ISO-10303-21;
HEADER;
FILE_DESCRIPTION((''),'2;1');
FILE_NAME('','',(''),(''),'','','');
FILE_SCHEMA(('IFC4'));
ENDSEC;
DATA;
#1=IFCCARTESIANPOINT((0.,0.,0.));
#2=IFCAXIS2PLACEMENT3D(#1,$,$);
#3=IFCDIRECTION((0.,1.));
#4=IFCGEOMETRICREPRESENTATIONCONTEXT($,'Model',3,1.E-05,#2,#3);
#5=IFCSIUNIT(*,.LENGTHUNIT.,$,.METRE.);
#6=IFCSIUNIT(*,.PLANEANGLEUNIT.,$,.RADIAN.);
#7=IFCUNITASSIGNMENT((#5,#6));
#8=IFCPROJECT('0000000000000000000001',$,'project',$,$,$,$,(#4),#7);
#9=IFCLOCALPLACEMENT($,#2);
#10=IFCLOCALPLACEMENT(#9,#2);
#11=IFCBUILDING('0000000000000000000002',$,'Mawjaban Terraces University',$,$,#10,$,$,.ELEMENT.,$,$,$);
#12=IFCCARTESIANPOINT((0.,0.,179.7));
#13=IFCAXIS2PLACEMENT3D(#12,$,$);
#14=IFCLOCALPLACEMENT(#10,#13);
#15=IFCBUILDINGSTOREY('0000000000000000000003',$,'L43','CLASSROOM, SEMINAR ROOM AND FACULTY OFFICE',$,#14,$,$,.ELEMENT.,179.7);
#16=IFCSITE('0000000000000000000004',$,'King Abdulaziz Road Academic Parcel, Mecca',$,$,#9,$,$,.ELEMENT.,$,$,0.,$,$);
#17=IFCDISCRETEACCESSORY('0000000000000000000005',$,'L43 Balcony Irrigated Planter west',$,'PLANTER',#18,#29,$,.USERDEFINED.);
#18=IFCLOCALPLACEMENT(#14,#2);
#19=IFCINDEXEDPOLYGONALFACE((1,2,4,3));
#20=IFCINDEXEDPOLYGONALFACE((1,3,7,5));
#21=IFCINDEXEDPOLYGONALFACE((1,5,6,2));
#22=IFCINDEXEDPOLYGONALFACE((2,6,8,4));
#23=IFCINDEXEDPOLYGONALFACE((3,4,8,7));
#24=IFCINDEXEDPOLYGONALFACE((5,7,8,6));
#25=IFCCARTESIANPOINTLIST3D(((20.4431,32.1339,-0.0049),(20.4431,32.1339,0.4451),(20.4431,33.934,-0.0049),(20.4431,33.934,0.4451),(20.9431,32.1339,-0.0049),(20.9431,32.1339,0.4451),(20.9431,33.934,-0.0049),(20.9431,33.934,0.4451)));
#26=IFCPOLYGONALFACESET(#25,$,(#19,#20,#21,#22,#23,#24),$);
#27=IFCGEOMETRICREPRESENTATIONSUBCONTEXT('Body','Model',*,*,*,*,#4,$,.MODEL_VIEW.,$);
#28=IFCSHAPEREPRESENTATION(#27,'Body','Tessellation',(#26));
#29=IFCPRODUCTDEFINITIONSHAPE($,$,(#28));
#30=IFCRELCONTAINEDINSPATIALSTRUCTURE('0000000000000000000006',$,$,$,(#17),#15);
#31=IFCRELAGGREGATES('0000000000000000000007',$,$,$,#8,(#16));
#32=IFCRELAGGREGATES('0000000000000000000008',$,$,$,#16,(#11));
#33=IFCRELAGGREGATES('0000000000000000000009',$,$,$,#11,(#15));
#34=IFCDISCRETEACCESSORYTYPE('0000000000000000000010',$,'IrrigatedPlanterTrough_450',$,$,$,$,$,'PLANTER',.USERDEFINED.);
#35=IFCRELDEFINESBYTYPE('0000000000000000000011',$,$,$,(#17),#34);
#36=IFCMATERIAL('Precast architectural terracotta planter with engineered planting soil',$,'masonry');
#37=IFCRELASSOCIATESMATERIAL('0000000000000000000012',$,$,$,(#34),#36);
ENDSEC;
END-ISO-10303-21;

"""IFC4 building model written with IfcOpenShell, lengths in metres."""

from ifc_helpers import new_model, si_unit, direction, frame, origin, origin_2d, place, context, subcontext, project, spatial, rectangle, extrude, material, type_object, element, save


model = new_model("IFC4")

# Units and contexts
model_context = context("Model", 3, precision=1e-05, world=origin(), true_north=direction((0.0, 1.0)))
body_context = subcontext(model_context, "Body", "Model", "MODEL_VIEW")
ifc_project = project(units=[si_unit("LENGTHUNIT", "METRE"), si_unit("PLANEANGLEUNIT", "RADIAN")], contexts=[model_context])

# Site, building, storey
site_placement = place(None, origin())
site = spatial("IfcSite", under=ifc_project, at=site_placement, Name="King Abdulaziz Road Academic Parcel, Mecca", CompositionType="ELEMENT", RefElevation=0.0)
building_placement = place(site_placement, origin())
building = spatial("IfcBuilding", under=site, at=building_placement, Name="Mawjaban Terraces University", CompositionType="ELEMENT")
storey_placement = place(building_placement, frame((0.0, 0.0, 179.7)))
storey = spatial("IfcBuildingStorey", under=building, at=storey_placement, Name="L43", Description="CLASSROOM, SEMINAR ROOM AND FACULTY OFFICE", CompositionType="ELEMENT", Elevation=179.7)

# Discrete accessory
ifc_material_1 = material(Name="Precast architectural terracotta planter with engineered planting soil", Category="masonry")
discrete_accessory_type_1 = type_object("IfcDiscreteAccessoryType", Name="IrrigatedPlanterTrough_450", ElementType="PLANTER", PredefinedType="USERDEFINED", material=ifc_material_1)
discrete_accessory_1_placement = place(storey_placement, frame((20.6931, 33.0339, -0.0049), z_axis=(0.0, 0.0, 1.0), x_axis=(0.0, 1.0, 0.0)))
element("IfcDiscreteAccessory", 1, at=discrete_accessory_1_placement, inside=storey, type_object=discrete_accessory_type_1, Name="L43 Balcony Irrigated Planter west", ObjectType="PLANTER", PredefinedType="USERDEFINED", context=body_context, shape_type="SweptSolid", body=[
    extrude(rectangle(XDim=1.8, YDim=0.5, at=origin_2d()), origin(), (0.0, 0.0, 1.0), 0.45),
])

save(model, "model.ifc")
